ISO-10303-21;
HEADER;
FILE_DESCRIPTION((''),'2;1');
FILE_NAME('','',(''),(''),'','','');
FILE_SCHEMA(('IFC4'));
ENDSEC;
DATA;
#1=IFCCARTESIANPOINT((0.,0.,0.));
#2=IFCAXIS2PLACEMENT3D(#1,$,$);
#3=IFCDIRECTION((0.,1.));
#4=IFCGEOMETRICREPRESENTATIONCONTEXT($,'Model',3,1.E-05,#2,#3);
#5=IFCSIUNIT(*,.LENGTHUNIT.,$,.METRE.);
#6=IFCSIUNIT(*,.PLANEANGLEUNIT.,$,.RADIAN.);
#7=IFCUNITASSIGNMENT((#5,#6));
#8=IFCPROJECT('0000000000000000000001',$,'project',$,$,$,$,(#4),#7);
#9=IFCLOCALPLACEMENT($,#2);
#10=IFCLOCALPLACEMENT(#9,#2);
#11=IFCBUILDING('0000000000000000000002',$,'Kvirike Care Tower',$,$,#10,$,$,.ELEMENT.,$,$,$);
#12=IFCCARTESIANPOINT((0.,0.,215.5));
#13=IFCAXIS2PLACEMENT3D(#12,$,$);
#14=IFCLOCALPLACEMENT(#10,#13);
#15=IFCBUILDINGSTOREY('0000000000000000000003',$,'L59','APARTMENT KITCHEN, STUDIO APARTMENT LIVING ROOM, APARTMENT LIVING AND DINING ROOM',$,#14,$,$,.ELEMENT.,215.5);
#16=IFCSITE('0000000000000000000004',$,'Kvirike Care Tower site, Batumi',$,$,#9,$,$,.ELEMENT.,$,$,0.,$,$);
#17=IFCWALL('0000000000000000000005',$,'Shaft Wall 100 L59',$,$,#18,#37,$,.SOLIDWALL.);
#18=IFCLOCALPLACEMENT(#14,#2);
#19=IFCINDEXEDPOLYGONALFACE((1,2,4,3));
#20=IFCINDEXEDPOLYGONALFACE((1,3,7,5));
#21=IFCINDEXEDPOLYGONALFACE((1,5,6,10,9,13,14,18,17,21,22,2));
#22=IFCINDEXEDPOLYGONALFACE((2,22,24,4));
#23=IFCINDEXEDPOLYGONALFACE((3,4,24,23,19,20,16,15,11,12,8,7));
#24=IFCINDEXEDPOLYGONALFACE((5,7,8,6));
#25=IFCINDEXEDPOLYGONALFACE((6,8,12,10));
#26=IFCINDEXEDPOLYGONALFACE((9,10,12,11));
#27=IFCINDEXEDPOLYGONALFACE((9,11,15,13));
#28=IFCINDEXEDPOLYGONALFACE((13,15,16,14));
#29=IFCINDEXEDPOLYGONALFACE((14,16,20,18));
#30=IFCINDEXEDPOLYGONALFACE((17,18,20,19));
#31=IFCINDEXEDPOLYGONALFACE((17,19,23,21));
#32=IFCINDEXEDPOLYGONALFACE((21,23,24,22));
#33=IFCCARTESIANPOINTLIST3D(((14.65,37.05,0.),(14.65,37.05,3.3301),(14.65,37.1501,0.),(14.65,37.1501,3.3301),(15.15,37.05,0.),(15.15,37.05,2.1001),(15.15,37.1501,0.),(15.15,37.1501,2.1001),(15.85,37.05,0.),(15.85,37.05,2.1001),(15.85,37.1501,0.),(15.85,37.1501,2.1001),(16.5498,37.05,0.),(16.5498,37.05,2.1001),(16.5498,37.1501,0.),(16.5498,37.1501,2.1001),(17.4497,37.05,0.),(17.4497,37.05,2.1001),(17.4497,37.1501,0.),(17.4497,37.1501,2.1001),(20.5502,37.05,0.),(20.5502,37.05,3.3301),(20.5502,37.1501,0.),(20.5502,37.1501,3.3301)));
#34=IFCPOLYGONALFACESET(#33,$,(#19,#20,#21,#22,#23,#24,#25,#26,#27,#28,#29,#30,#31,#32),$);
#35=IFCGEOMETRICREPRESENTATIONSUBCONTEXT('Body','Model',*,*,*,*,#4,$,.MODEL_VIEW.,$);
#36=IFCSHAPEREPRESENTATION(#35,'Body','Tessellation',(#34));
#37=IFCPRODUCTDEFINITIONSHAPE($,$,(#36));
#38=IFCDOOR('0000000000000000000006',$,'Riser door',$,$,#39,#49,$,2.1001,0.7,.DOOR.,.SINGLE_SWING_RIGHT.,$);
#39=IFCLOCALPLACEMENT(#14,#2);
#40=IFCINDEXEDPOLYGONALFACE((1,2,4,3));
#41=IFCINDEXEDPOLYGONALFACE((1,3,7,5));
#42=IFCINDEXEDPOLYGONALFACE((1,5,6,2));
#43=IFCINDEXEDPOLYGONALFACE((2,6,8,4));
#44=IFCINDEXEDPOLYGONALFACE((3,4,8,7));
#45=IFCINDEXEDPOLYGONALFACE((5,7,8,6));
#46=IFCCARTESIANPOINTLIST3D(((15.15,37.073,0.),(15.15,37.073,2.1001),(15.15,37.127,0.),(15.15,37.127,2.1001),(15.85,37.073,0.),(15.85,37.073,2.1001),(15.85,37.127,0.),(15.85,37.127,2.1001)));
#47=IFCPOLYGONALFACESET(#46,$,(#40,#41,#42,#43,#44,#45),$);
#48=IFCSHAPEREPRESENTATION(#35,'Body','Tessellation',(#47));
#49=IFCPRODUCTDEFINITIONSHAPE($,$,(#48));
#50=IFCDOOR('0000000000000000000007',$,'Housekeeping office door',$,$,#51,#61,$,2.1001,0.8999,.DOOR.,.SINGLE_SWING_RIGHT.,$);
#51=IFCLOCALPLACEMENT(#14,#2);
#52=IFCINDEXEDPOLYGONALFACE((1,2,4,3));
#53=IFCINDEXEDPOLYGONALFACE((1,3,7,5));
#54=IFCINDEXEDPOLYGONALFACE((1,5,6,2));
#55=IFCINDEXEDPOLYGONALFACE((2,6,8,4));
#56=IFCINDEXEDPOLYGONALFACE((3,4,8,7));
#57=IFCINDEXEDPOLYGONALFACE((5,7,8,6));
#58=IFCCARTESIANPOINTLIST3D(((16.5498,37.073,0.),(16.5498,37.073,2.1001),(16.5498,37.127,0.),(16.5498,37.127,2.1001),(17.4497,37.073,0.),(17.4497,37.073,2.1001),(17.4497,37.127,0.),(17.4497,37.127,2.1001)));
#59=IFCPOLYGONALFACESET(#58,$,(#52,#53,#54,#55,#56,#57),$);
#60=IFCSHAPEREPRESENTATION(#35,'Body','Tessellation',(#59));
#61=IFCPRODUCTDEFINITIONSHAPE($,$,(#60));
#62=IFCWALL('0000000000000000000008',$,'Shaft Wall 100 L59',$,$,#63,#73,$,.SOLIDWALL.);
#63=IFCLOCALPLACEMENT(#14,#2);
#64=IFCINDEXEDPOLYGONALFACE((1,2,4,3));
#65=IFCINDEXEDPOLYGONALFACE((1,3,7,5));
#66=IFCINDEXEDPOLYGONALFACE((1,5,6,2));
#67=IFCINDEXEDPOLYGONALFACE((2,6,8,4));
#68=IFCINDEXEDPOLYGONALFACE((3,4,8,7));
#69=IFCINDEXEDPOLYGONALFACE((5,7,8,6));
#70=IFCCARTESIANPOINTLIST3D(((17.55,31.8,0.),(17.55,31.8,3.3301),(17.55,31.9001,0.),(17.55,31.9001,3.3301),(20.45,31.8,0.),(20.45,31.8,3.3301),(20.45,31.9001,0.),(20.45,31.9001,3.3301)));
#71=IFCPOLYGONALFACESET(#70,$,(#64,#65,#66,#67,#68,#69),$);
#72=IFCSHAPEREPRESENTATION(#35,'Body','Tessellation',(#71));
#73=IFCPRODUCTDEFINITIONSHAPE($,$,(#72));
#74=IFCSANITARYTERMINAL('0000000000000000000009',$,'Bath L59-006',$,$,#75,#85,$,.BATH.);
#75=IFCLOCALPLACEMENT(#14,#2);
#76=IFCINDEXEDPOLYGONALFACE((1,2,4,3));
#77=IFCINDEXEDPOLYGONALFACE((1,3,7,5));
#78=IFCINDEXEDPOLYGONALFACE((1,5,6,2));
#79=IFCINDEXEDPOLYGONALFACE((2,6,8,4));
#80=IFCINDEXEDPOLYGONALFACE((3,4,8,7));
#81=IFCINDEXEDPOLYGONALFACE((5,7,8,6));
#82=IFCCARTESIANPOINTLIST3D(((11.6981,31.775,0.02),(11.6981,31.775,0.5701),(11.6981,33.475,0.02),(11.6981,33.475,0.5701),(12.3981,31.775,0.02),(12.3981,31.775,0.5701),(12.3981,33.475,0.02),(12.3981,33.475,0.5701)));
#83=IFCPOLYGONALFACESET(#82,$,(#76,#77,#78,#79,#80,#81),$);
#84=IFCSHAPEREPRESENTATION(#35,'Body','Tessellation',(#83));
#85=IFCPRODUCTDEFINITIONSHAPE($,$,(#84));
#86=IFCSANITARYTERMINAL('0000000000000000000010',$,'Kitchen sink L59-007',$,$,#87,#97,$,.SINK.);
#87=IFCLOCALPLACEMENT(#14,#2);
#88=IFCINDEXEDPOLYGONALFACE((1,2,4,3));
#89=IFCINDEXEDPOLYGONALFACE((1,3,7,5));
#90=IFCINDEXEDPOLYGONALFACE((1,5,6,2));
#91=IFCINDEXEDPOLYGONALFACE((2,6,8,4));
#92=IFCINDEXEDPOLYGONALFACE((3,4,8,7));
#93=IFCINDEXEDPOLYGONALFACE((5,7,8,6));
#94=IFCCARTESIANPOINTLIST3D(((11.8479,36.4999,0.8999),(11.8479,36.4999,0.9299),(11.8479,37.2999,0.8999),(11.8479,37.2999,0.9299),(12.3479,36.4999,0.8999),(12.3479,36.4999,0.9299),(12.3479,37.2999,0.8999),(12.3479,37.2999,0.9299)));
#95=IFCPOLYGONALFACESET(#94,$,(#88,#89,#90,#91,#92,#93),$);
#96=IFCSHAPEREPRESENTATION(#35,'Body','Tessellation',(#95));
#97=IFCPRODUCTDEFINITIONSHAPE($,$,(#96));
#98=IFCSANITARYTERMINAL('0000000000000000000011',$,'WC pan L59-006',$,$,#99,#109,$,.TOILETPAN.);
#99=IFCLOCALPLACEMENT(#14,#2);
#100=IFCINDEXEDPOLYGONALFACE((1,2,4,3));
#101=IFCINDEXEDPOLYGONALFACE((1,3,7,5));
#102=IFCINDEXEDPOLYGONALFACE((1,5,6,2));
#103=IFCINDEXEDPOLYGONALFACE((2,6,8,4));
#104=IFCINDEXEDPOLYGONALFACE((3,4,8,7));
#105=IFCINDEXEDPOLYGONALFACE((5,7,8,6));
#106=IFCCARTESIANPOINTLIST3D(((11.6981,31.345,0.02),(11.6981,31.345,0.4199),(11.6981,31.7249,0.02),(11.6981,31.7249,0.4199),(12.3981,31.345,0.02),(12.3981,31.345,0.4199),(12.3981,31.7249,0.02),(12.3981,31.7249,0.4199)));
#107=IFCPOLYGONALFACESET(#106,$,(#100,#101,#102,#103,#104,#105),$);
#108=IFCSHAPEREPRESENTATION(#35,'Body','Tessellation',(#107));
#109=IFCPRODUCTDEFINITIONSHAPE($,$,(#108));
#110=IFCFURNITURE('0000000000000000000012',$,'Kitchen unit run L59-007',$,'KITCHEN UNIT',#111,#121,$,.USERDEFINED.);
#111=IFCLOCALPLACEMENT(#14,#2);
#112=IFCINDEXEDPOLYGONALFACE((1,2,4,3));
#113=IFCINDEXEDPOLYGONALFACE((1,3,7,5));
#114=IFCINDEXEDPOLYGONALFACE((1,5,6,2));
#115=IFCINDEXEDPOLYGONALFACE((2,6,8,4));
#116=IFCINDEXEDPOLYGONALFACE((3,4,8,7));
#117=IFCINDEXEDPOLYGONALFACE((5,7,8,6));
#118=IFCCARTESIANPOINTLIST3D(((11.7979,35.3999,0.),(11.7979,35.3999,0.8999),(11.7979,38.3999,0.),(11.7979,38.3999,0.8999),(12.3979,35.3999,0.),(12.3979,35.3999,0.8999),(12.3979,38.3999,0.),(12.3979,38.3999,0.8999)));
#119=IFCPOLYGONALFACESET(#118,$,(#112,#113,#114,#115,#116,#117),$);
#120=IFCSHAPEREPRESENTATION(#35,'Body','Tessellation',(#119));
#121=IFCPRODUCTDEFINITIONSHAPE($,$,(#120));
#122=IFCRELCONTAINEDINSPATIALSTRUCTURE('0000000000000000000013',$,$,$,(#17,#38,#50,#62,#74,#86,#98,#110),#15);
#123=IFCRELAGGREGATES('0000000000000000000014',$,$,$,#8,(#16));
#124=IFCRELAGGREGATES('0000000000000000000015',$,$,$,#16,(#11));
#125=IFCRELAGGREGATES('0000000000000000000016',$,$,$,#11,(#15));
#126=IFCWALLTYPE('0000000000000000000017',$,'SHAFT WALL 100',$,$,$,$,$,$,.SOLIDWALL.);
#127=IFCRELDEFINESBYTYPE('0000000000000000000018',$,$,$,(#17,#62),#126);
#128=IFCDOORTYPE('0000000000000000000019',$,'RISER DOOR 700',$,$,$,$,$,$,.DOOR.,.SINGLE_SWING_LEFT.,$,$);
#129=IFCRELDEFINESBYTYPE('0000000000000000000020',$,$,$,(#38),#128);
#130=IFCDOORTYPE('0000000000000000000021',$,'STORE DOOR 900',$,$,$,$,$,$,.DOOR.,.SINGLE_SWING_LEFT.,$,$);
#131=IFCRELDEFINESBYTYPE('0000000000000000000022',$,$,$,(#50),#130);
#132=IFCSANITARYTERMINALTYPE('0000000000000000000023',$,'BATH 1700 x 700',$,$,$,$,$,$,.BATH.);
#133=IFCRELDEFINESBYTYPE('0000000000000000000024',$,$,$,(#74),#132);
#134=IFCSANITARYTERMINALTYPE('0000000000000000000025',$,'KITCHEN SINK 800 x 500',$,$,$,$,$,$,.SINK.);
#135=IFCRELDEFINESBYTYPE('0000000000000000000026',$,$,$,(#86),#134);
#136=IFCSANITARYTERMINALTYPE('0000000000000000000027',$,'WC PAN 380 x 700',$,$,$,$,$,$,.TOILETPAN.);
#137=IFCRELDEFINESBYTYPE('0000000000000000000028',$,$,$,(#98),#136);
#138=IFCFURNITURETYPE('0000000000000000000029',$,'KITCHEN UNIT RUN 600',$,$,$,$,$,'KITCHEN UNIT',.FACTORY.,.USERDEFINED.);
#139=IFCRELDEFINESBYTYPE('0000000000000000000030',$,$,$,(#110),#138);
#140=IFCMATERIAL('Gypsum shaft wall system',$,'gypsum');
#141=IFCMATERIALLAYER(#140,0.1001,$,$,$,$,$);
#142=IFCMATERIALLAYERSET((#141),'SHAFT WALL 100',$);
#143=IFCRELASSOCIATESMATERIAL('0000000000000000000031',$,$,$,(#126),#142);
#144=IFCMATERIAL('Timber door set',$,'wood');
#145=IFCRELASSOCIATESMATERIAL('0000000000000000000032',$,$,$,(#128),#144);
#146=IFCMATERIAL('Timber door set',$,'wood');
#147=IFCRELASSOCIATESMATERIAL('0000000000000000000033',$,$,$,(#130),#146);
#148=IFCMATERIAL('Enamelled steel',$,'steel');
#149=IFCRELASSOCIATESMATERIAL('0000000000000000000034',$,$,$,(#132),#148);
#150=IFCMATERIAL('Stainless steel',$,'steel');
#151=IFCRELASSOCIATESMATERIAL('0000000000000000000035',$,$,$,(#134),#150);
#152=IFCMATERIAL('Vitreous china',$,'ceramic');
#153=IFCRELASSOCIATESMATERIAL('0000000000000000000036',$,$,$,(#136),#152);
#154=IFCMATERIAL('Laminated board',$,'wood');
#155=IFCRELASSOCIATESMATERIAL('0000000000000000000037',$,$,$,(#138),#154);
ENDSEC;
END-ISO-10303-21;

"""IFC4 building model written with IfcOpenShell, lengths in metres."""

from ifc_helpers import new_model, si_unit, direction, frame, frame_2d, origin, origin_2d, place, context, subcontext, project, spatial, rectangle, extrude, material, layer, layer_set, type_object, element, fill, save


model = new_model("IFC4")

# Units and contexts
model_context = context("Model", 3, precision=1e-05, world=origin(), true_north=direction((0.0, 1.0)))
body_context = subcontext(model_context, "Body", "Model", "MODEL_VIEW")
ifc_project = project(units=[si_unit("LENGTHUNIT", "METRE"), si_unit("PLANEANGLEUNIT", "RADIAN")], contexts=[model_context])

# Site, building, storey
site_placement = place(None, origin())
site = spatial("IfcSite", under=ifc_project, at=site_placement, Name="Kvirike Care Tower site, Batumi", CompositionType="ELEMENT", RefElevation=0.0)
building_placement = place(site_placement, origin())
building = spatial("IfcBuilding", under=site, at=building_placement, Name="Kvirike Care Tower", CompositionType="ELEMENT")
storey_placement = place(building_placement, frame((0.0, 0.0, 215.5)))
storey = spatial("IfcBuildingStorey", under=building, at=storey_placement, Name="L59", Description="APARTMENT KITCHEN, STUDIO APARTMENT LIVING ROOM, APARTMENT LIVING AND DINING ROOM", CompositionType="ELEMENT", Elevation=215.5)

# Shared definitions
ifc_material_1 = material(Name="Gypsum shaft wall system", Category="gypsum")
ifc_layer_1 = layer(ifc_material_1, 0.1001)
ifc_layer_set_1 = layer_set([ifc_layer_1], Name="SHAFT WALL 100")
wall_type_1 = type_object("IfcWallType", Name="SHAFT WALL 100", PredefinedType="SOLIDWALL", material=ifc_layer_set_1)

# Shared definitions
ifc_material_2 = material(Name="Timber door set", Category="wood")
door_type_1 = type_object("IfcDoorType", Name="RISER DOOR 700", OperationType="SINGLE_SWING_LEFT", PredefinedType="DOOR", material=ifc_material_2)

# Wall, openings, doors
wall_1_placement = place(storey_placement, frame((14.6499, 37.1001, 0.0), z_axis=(0.0, 0.0, 1.0), x_axis=(1.0, 0.0, 0.0)))
wall_1 = element("IfcWall", 1, at=wall_1_placement, inside=storey, type_object=wall_type_1, Name="Shaft Wall 100 L59", PredefinedType="SOLIDWALL", context=body_context, shape_type="SweptSolid", body=[
    extrude(rectangle(XDim=5.9001, YDim=0.1001, at=frame_2d((2.9502, 0.0))), origin(), (0.0, 0.0, 1.0), 3.3301),
])
opening_1_placement = place(wall_1_placement, frame((0.5, 0.0, 0.0)))
opening_1 = element("IfcOpeningElement", 2, at=opening_1_placement, cuts=wall_1, PredefinedType="OPENING", context=body_context, shape_type="SweptSolid", body=[
    extrude(rectangle(XDim=0.7, YDim=2.1001, at=frame_2d((0.3501, 1.05))), frame((0.0, 0.0605, 0.0), z_axis=(0.0, -1.0, 0.0), x_axis=(1.0, 0.0, 0.0)), (0.0, 0.0, 1.0), 0.1211),
])
opening_2_placement = place(wall_1_placement, frame((1.8999, 0.0, 0.0)))
opening_2 = element("IfcOpeningElement", 3, at=opening_2_placement, cuts=wall_1, PredefinedType="OPENING", context=body_context, shape_type="SweptSolid", body=[
    extrude(rectangle(XDim=0.8999, YDim=2.1001, at=frame_2d((0.45, 1.05))), frame((0.0, 0.0605, 0.0), z_axis=(0.0, -1.0, 0.0), x_axis=(1.0, 0.0, 0.0)), (0.0, 0.0, 1.0), 0.1211),
])
door_1_placement = place(opening_1_placement, origin())
door_1 = element("IfcDoor", 4, at=door_1_placement, inside=storey, type_object=door_type_1, Name="Riser door", OperationType="SINGLE_SWING_RIGHT", OverallHeight=2.1001, OverallWidth=0.7, PredefinedType="DOOR", context=body_context, shape_type="SweptSolid", body=[
    extrude(rectangle(XDim=0.7, YDim=2.1001, at=frame_2d((0.3501, 1.05))), frame((0.0, 0.0269, 0.0), z_axis=(0.0, -1.0, 0.0), x_axis=(1.0, 0.0, 0.0)), (0.0, 0.0, 1.0), 0.054),
])
fill(opening_1, door_1)
ifc_material_3 = material(Name="Timber door set", Category="wood")
door_type_2 = type_object("IfcDoorType", Name="STORE DOOR 900", OperationType="SINGLE_SWING_LEFT", PredefinedType="DOOR", material=ifc_material_3)
door_2_placement = place(opening_2_placement, origin())
door_2 = element("IfcDoor", 5, at=door_2_placement, inside=storey, type_object=door_type_2, Name="Housekeeping office door", OperationType="SINGLE_SWING_RIGHT", OverallHeight=2.1001, OverallWidth=0.8999, PredefinedType="DOOR", context=body_context, shape_type="SweptSolid", body=[
    extrude(rectangle(XDim=0.8999, YDim=2.1001, at=frame_2d((0.45, 1.05))), frame((0.0, 0.0269, 0.0), z_axis=(0.0, -1.0, 0.0), x_axis=(1.0, 0.0, 0.0)), (0.0, 0.0, 1.0), 0.054),
])
fill(opening_2, door_2)

# Wall
wall_2_placement = place(storey_placement, frame((17.55, 31.8501, 0.0), z_axis=(0.0, 0.0, 1.0), x_axis=(1.0, 0.0, 0.0)))
element("IfcWall", 6, at=wall_2_placement, inside=storey, type_object=wall_type_1, Name="Shaft Wall 100 L59", PredefinedType="SOLIDWALL", context=body_context, shape_type="SweptSolid", body=[
    extrude(rectangle(XDim=2.8999, YDim=0.1001, at=frame_2d((1.45, 0.0))), origin(), (0.0, 0.0, 1.0), 3.3301),
])

# Sanitary terminals
ifc_material_4 = material(Name="Enamelled steel", Category="steel")
sanitary_terminal_type_1 = type_object("IfcSanitaryTerminalType", Name="BATH 1700 x 700", PredefinedType="BATH", material=ifc_material_4)
sanitary_terminal_1_placement = place(storey_placement, frame((12.0481, 32.625, 0.02), z_axis=(0.0, 0.0, 1.0), x_axis=(0.0, -1.0, 0.0)))
element("IfcSanitaryTerminal", 7, at=sanitary_terminal_1_placement, inside=storey, type_object=sanitary_terminal_type_1, Name="Bath L59-006", PredefinedType="BATH", context=body_context, shape_type="SweptSolid", body=[
    extrude(rectangle(XDim=1.7, YDim=0.7, at=origin_2d()), origin(), (0.0, 0.0, 1.0), 0.55),
])
ifc_material_5 = material(Name="Stainless steel", Category="steel")
sanitary_terminal_type_2 = type_object("IfcSanitaryTerminalType", Name="KITCHEN SINK 800 x 500", PredefinedType="SINK", material=ifc_material_5)
sanitary_terminal_2_placement = place(storey_placement, frame((12.0979, 36.8999, 0.8999), z_axis=(0.0, 0.0, 1.0), x_axis=(0.0, -1.0, 0.0)))
element("IfcSanitaryTerminal", 8, at=sanitary_terminal_2_placement, inside=storey, type_object=sanitary_terminal_type_2, Name="Kitchen sink L59-007", PredefinedType="SINK", context=body_context, shape_type="SweptSolid", body=[
    extrude(rectangle(XDim=0.8, YDim=0.5, at=origin_2d()), origin(), (0.0, 0.0, 1.0), 0.03),
])
ifc_material_6 = material(Name="Vitreous china", Category="ceramic")
sanitary_terminal_type_3 = type_object("IfcSanitaryTerminalType", Name="WC PAN 380 x 700", PredefinedType="TOILETPAN", material=ifc_material_6)
sanitary_terminal_3_placement = place(storey_placement, frame((12.0481, 31.5349, 0.02), z_axis=(0.0, 0.0, 1.0), x_axis=(0.0, -1.0, 0.0)))
element("IfcSanitaryTerminal", 9, at=sanitary_terminal_3_placement, inside=storey, type_object=sanitary_terminal_type_3, Name="WC pan L59-006", PredefinedType="TOILETPAN", context=body_context, shape_type="SweptSolid", body=[
    extrude(rectangle(XDim=0.3799, YDim=0.7, at=origin_2d()), origin(), (0.0, 0.0, 1.0), 0.3999),
])

# Furniture
ifc_material_7 = material(Name="Laminated board", Category="wood")
furniture_type = type_object("IfcFurnitureType", Name="KITCHEN UNIT RUN 600", ElementType="KITCHEN UNIT", AssemblyPlace="FACTORY", PredefinedType="USERDEFINED", material=ifc_material_7)
furniture_placement = place(storey_placement, frame((12.0979, 36.8999, 0.0), z_axis=(0.0, 0.0, 1.0), x_axis=(0.0, -1.0, 0.0)))
element("IfcFurniture", 10, at=furniture_placement, inside=storey, type_object=furniture_type, Name="Kitchen unit run L59-007", ObjectType="KITCHEN UNIT", PredefinedType="USERDEFINED", context=body_context, shape_type="SweptSolid", body=[
    extrude(rectangle(XDim=3.0, YDim=0.6001, at=origin_2d()), origin(), (0.0, 0.0, 1.0), 0.8999),
])

save(model, "model.ifc")
